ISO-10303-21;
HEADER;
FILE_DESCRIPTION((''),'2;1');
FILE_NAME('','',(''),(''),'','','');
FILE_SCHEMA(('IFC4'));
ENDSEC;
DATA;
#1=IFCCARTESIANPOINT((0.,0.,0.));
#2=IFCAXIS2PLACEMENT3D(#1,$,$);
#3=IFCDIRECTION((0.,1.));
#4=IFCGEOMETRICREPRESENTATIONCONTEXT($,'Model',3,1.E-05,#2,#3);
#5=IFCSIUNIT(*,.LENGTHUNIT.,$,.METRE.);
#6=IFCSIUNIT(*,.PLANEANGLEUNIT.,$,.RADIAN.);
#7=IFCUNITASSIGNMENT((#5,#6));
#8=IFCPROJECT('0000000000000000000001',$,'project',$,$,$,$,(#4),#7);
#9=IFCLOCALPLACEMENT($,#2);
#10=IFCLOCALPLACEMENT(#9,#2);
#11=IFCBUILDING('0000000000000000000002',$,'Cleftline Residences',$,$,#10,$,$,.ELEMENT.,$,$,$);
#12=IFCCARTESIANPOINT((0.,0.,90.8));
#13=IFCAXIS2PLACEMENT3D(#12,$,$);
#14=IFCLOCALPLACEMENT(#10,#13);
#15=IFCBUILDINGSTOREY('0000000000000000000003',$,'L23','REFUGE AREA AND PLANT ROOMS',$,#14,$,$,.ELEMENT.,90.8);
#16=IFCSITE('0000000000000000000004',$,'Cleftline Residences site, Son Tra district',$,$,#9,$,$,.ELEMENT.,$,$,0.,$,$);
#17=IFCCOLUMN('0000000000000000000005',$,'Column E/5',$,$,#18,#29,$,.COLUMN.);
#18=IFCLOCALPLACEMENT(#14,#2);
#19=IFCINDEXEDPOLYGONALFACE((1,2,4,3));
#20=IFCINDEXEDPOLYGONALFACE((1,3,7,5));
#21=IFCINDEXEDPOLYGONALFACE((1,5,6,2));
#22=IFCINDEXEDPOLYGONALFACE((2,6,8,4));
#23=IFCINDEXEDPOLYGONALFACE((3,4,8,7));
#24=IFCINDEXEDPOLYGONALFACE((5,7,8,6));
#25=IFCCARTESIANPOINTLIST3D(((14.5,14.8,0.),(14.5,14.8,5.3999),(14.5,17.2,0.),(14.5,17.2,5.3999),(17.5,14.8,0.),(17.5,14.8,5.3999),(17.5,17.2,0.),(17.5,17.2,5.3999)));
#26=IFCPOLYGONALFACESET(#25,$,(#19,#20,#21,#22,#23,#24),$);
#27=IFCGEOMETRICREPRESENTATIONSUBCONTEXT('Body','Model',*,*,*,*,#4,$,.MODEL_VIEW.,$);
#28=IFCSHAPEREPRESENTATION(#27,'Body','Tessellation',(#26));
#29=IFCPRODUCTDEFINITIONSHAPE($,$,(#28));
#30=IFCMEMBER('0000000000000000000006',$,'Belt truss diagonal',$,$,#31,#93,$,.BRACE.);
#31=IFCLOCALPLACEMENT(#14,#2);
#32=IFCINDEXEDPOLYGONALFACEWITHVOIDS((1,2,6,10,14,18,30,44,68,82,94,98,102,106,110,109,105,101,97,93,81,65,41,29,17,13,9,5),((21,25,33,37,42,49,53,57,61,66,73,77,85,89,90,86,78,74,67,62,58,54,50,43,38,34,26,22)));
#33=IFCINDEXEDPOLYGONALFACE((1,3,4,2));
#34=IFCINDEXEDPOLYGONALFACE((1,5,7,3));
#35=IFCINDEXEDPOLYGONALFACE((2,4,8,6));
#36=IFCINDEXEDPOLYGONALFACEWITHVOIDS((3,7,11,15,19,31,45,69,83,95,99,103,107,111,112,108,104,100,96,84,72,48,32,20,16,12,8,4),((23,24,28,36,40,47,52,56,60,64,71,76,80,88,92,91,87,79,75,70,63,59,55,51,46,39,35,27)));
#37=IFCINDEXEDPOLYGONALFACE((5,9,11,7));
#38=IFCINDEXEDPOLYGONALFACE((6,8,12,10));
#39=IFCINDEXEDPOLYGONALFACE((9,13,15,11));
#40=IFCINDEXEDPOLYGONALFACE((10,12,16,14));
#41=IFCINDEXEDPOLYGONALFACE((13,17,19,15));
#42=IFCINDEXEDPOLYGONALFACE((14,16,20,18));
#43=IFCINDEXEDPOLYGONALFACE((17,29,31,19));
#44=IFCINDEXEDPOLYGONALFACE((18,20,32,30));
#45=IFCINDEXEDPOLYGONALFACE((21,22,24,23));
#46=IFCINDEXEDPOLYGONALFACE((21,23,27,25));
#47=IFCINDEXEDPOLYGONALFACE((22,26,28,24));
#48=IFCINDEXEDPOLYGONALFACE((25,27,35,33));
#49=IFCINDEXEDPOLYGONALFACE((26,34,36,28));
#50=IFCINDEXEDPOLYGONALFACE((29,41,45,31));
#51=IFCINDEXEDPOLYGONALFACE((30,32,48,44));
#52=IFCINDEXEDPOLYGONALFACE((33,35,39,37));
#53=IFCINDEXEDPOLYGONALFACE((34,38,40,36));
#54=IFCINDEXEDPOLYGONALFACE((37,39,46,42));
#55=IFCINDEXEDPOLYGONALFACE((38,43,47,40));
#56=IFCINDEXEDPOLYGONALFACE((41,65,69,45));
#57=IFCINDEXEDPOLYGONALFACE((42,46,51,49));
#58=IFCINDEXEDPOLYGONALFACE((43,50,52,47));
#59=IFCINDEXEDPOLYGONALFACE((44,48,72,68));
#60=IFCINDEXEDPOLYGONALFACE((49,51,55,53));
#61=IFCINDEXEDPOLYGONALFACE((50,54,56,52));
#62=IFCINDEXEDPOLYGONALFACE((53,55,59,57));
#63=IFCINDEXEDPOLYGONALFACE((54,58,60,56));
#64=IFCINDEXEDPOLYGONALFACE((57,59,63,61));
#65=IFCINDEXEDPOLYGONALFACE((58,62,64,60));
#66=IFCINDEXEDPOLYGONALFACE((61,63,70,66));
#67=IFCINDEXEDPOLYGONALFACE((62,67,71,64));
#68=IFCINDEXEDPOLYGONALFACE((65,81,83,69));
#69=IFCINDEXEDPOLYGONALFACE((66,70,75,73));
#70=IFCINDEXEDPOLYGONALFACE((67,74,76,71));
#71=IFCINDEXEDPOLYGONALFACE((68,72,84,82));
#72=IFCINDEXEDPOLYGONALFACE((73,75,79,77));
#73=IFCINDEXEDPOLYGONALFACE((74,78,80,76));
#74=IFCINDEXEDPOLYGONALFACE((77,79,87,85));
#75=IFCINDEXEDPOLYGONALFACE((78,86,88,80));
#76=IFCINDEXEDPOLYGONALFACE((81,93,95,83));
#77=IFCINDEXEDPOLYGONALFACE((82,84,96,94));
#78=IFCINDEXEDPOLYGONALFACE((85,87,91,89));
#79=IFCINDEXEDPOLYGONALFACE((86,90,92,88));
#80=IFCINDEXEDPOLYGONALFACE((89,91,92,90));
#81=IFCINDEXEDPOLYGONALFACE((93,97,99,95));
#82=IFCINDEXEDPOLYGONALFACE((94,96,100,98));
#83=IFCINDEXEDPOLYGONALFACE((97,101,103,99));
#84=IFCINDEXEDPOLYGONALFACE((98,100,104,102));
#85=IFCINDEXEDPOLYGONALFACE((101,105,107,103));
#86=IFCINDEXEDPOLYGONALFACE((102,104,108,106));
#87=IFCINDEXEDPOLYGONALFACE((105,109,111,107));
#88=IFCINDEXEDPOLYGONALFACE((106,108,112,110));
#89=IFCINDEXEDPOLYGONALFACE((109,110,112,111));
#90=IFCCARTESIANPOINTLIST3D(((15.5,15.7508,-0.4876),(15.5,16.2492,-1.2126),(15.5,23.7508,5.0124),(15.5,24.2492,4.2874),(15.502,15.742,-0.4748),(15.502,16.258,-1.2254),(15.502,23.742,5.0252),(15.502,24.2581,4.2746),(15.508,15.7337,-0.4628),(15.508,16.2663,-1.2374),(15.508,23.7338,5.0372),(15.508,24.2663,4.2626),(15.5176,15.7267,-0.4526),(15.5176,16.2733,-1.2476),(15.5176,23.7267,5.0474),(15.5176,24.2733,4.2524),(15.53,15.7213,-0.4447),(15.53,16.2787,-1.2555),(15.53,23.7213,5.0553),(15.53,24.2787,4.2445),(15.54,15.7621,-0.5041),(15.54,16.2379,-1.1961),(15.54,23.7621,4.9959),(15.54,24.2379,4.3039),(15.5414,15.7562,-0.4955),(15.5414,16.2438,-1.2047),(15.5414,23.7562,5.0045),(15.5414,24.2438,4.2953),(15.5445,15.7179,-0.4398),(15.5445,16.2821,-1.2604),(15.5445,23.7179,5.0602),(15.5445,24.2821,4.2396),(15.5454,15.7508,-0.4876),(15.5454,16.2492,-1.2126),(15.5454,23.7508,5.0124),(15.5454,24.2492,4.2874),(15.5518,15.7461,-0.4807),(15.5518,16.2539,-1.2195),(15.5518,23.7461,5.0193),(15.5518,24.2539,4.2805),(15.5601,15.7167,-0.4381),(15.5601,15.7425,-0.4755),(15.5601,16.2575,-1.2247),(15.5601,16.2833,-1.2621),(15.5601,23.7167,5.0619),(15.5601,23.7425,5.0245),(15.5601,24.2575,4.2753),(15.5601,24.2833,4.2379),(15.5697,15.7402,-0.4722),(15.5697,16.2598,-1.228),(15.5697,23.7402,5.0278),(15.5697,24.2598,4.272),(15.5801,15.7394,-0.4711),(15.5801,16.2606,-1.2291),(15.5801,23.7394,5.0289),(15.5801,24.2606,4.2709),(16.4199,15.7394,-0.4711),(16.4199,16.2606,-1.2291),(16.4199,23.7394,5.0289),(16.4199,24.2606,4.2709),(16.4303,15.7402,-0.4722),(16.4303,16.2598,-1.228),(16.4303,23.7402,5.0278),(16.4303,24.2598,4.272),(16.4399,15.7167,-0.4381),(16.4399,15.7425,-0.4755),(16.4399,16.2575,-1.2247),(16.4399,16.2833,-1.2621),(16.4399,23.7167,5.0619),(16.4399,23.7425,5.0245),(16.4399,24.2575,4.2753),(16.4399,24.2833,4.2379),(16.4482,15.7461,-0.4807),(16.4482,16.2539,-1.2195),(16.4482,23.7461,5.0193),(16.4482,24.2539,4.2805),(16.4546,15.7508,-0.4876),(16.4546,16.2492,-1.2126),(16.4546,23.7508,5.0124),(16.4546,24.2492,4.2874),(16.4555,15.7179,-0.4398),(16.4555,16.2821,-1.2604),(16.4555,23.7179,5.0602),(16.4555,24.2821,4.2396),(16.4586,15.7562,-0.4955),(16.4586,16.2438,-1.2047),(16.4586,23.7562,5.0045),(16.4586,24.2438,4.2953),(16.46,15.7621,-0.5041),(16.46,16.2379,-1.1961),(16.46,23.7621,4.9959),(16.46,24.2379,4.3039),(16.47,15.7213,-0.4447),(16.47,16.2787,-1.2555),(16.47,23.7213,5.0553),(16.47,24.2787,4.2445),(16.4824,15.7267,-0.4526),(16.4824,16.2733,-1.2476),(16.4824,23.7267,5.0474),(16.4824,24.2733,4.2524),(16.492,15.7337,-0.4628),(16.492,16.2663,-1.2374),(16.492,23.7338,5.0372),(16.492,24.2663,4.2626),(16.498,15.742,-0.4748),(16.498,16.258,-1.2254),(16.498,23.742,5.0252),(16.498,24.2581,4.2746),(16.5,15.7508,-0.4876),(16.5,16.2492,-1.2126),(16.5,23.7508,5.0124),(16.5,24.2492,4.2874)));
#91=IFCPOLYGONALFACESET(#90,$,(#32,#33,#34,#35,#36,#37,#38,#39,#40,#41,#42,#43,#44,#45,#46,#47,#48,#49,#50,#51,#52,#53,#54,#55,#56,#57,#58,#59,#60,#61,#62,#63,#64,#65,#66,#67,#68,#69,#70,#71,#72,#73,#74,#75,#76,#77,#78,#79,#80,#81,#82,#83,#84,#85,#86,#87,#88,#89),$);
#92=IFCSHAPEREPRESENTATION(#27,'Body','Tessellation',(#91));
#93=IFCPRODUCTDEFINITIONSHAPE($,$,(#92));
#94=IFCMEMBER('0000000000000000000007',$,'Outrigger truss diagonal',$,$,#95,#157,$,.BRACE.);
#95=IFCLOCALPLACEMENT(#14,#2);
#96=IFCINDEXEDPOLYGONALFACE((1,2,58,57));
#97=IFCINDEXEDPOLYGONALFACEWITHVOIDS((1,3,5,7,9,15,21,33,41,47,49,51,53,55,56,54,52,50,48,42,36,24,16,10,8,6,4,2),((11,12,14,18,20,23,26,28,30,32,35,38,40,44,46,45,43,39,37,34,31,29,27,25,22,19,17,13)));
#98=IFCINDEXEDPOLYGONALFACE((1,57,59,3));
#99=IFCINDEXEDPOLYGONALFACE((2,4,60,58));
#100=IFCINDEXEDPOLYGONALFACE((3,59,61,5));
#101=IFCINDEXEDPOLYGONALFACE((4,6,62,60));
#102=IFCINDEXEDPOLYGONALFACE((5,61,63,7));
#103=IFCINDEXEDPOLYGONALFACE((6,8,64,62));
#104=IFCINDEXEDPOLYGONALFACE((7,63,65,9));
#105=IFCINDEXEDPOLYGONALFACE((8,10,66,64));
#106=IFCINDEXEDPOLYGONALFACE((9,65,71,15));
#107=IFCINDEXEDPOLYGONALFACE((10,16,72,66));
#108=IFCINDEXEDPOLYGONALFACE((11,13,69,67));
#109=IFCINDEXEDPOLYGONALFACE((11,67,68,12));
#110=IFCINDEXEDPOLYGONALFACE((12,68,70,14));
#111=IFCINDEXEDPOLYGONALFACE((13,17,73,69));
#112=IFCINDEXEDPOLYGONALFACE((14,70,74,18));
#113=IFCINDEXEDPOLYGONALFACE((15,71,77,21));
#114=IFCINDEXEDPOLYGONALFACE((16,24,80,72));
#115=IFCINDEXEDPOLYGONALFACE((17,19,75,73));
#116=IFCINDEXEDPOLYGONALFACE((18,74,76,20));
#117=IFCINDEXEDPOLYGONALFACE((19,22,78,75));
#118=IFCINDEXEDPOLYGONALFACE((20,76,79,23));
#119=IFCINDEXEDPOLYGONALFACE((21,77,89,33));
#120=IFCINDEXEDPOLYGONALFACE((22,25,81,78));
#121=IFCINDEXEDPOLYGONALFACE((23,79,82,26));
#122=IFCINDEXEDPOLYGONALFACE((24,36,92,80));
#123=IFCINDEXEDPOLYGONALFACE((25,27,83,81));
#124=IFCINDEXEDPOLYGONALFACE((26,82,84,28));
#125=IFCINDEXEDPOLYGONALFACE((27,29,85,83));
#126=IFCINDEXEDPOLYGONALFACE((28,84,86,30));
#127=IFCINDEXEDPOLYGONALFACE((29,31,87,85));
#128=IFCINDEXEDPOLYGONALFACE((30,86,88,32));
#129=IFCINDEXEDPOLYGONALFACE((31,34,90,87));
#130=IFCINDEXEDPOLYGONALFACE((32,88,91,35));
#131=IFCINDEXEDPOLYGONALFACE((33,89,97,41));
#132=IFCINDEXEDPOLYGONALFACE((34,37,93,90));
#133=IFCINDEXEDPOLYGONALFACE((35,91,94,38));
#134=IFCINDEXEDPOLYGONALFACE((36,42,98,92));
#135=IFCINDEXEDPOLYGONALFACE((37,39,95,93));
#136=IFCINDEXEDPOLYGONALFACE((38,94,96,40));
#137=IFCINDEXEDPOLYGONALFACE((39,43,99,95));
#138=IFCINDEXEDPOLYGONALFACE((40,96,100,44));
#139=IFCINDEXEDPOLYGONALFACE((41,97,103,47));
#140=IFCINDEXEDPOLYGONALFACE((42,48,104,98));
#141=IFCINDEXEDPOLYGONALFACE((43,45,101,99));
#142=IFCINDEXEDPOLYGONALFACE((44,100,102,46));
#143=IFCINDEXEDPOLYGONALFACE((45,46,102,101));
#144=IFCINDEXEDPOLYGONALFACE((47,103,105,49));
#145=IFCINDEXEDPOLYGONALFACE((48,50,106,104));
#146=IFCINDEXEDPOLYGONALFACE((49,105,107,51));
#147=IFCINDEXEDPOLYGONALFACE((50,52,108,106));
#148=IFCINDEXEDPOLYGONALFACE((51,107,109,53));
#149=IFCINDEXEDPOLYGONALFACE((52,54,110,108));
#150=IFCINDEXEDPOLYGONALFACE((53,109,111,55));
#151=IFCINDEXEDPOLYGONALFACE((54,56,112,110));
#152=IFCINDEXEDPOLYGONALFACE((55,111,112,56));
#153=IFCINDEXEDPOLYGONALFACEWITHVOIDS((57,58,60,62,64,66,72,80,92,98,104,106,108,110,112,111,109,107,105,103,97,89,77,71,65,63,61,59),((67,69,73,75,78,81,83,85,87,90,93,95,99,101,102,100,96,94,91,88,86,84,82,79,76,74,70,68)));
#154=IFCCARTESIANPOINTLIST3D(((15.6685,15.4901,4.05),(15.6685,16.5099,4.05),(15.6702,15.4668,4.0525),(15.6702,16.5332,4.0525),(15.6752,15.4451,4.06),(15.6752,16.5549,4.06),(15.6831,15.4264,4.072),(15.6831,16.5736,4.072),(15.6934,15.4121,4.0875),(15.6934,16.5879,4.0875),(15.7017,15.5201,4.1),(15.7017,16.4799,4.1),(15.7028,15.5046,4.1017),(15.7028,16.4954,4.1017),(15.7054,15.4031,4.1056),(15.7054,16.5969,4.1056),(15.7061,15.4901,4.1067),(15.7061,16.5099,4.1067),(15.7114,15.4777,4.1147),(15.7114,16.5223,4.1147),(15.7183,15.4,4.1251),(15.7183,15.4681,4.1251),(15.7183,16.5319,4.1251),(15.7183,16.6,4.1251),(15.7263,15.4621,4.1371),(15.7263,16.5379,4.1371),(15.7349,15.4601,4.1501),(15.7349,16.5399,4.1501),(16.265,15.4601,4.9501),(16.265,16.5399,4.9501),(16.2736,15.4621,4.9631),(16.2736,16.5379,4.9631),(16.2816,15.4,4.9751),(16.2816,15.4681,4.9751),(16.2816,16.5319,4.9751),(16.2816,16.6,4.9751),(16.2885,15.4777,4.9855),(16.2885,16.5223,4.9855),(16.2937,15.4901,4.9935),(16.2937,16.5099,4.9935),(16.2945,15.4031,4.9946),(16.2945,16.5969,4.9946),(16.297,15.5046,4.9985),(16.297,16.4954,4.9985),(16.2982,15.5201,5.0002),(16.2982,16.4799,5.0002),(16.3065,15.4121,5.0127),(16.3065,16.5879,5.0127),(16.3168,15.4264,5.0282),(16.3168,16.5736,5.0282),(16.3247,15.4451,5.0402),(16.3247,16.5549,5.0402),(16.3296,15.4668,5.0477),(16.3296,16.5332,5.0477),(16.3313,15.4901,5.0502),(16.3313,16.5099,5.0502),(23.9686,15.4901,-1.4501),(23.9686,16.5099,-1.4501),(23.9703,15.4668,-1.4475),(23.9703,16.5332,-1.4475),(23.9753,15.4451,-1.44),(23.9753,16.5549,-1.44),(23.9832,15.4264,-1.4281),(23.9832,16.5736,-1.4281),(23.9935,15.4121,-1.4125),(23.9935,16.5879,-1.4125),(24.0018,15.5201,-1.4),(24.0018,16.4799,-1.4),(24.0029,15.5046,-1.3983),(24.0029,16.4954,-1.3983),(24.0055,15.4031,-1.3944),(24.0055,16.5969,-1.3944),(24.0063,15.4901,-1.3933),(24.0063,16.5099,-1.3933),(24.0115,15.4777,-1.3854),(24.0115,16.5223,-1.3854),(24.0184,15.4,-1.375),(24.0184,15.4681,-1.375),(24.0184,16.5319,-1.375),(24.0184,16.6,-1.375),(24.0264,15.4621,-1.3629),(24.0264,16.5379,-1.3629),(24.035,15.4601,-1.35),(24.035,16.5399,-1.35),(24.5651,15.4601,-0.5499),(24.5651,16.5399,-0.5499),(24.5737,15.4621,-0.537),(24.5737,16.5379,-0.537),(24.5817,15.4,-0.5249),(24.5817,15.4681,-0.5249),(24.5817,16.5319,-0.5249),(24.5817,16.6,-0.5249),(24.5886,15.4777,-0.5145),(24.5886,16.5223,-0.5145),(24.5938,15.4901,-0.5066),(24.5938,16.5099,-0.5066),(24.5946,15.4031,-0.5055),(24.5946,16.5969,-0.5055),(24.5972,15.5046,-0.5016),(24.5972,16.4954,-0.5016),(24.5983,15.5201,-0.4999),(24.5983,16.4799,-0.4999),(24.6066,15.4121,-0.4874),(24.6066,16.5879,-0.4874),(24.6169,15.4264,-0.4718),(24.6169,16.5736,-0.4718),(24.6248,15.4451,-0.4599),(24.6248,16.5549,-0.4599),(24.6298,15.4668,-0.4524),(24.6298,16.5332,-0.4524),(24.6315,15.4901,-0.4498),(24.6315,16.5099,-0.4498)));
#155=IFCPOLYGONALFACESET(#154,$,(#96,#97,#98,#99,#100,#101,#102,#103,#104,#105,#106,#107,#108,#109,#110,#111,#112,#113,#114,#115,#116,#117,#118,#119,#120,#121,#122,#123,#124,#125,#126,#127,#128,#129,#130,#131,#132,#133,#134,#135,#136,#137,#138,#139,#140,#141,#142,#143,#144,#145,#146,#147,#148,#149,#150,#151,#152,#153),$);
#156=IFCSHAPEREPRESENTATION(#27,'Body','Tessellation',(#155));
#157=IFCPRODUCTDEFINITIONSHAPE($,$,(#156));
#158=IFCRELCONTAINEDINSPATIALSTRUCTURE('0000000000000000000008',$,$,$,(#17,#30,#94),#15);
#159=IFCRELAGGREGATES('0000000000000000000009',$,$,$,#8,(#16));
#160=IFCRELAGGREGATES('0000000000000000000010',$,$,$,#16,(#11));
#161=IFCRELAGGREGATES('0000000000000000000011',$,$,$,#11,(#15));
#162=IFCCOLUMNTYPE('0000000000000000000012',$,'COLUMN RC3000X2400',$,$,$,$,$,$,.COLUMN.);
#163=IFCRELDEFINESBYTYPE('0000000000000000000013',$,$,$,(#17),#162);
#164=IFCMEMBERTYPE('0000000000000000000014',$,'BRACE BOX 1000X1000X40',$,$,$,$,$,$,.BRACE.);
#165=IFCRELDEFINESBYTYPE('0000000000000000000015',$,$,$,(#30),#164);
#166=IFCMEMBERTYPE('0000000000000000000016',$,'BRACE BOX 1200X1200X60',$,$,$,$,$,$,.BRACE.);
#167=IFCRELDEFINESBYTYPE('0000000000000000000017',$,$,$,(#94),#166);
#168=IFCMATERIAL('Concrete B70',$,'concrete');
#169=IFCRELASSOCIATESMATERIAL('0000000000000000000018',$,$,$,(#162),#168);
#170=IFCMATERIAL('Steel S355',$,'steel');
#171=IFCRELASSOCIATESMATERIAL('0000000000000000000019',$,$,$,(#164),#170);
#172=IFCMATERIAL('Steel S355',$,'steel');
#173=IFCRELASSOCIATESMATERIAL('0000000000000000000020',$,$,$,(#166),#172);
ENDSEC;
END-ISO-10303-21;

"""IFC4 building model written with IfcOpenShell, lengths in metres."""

from ifc_helpers import new_model, si_unit, direction, frame, origin, origin_2d, place, context, subcontext, project, spatial, rectangle, hollow_rectangle, extrude, material, material_profile, profile_set, type_object, element, save


model = new_model("IFC4")

# Units and contexts
model_context = context("Model", 3, precision=1e-05, world=origin(), true_north=direction((0.0, 1.0)))
body_context = subcontext(model_context, "Body", "Model", "MODEL_VIEW")
ifc_project = project(units=[si_unit("LENGTHUNIT", "METRE"), si_unit("PLANEANGLEUNIT", "RADIAN")], contexts=[model_context])

# Site, building, storey
site_placement = place(None, origin())
site = spatial("IfcSite", under=ifc_project, at=site_placement, Name="Cleftline Residences site, Son Tra district", CompositionType="ELEMENT", RefElevation=0.0)
building_placement = place(site_placement, origin())
building = spatial("IfcBuilding", under=site, at=building_placement, Name="Cleftline Residences", CompositionType="ELEMENT")
storey_placement = place(building_placement, frame((0.0, 0.0, 90.8)))
storey = spatial("IfcBuildingStorey", under=building, at=storey_placement, Name="L23", Description="REFUGE AREA AND PLANT ROOMS", CompositionType="ELEMENT", Elevation=90.8)

# Column
ifc_material_1 = material(Name="Concrete B70", Category="concrete")
ifc_material_profile_1 = material_profile(ifc_material_1, rectangle(XDim=3.0, YDim=2.3999, at=origin_2d()))
ifc_profile_set_1 = profile_set([ifc_material_profile_1], Name="Concrete B70")
column_type = type_object("IfcColumnType", Name="COLUMN RC3000X2400", PredefinedType="COLUMN", material=ifc_profile_set_1)
column_placement = place(storey_placement, frame((16.0, 16.0, 0.0), z_axis=(0.0, 0.0, 1.0), x_axis=(1.0, 0.0, 0.0)))
element("IfcColumn", 1, at=column_placement, inside=storey, type_object=column_type, Name="Column E/5", PredefinedType="COLUMN", context=body_context, shape_type="SweptSolid", body=[
    extrude(rectangle(XDim=3.0, YDim=2.3999, at=origin_2d()), origin(), (0.0, 0.0, 1.0), 5.3999),
])

# Members
ifc_material_2 = material(Name="Steel S355", Category="steel")
ifc_material_profile_2 = material_profile(ifc_material_2, hollow_rectangle(XDim=1.0, YDim=1.0, WallThickness=0.04, InnerFilletRadius=0.04, OuterFilletRadius=0.0601, at=origin_2d()))
ifc_profile_set_2 = profile_set([ifc_material_profile_2], Name="Steel S355")
member_type_1 = type_object("IfcMemberType", Name="BRACE BOX 1000X1000X40", PredefinedType="BRACE", material=ifc_profile_set_2)
member_1_placement = place(storey_placement, frame((16.0, 16.0, -0.8501), z_axis=(0.0, 0.824042, 0.566529), x_axis=(0.0, -0.566529, 0.824042)))
element("IfcMember", 2, at=member_1_placement, inside=storey, type_object=member_type_1, Name="Belt truss diagonal", PredefinedType="BRACE", context=body_context, shape_type="SweptSolid", body=[
    extrude(hollow_rectangle(XDim=1.0, YDim=1.0, WallThickness=0.04, InnerFilletRadius=0.04, OuterFilletRadius=0.0601, at=origin_2d()), origin(), (0.0, 0.0, 1.0), 9.7083),
])
ifc_material_3 = material(Name="Steel S355", Category="steel")
ifc_material_profile_3 = material_profile(ifc_material_3, hollow_rectangle(XDim=1.2, YDim=1.2, WallThickness=0.0601, InnerFilletRadius=0.0601, OuterFilletRadius=0.0901, at=origin_2d()))
ifc_profile_set_3 = profile_set([ifc_material_profile_3], Name="Steel S355")
member_type_2 = type_object("IfcMemberType", Name="BRACE BOX 1200X1200X60", PredefinedType="BRACE", material=ifc_profile_set_3)
member_2_placement = place(storey_placement, frame((24.3, 16.0, -0.95), z_axis=(-0.833594, 0.0, 0.552378), x_axis=(0.552378, 0.0, 0.833594)))
element("IfcMember", 3, at=member_2_placement, inside=storey, type_object=member_type_2, Name="Outrigger truss diagonal", PredefinedType="BRACE", context=body_context, shape_type="SweptSolid", body=[
    extrude(hollow_rectangle(XDim=1.2, YDim=1.2, WallThickness=0.0601, InnerFilletRadius=0.0601, OuterFilletRadius=0.0901, at=origin_2d()), origin(), (0.0, 0.0, 1.0), 9.957),
])

save(model, "model.ifc")
